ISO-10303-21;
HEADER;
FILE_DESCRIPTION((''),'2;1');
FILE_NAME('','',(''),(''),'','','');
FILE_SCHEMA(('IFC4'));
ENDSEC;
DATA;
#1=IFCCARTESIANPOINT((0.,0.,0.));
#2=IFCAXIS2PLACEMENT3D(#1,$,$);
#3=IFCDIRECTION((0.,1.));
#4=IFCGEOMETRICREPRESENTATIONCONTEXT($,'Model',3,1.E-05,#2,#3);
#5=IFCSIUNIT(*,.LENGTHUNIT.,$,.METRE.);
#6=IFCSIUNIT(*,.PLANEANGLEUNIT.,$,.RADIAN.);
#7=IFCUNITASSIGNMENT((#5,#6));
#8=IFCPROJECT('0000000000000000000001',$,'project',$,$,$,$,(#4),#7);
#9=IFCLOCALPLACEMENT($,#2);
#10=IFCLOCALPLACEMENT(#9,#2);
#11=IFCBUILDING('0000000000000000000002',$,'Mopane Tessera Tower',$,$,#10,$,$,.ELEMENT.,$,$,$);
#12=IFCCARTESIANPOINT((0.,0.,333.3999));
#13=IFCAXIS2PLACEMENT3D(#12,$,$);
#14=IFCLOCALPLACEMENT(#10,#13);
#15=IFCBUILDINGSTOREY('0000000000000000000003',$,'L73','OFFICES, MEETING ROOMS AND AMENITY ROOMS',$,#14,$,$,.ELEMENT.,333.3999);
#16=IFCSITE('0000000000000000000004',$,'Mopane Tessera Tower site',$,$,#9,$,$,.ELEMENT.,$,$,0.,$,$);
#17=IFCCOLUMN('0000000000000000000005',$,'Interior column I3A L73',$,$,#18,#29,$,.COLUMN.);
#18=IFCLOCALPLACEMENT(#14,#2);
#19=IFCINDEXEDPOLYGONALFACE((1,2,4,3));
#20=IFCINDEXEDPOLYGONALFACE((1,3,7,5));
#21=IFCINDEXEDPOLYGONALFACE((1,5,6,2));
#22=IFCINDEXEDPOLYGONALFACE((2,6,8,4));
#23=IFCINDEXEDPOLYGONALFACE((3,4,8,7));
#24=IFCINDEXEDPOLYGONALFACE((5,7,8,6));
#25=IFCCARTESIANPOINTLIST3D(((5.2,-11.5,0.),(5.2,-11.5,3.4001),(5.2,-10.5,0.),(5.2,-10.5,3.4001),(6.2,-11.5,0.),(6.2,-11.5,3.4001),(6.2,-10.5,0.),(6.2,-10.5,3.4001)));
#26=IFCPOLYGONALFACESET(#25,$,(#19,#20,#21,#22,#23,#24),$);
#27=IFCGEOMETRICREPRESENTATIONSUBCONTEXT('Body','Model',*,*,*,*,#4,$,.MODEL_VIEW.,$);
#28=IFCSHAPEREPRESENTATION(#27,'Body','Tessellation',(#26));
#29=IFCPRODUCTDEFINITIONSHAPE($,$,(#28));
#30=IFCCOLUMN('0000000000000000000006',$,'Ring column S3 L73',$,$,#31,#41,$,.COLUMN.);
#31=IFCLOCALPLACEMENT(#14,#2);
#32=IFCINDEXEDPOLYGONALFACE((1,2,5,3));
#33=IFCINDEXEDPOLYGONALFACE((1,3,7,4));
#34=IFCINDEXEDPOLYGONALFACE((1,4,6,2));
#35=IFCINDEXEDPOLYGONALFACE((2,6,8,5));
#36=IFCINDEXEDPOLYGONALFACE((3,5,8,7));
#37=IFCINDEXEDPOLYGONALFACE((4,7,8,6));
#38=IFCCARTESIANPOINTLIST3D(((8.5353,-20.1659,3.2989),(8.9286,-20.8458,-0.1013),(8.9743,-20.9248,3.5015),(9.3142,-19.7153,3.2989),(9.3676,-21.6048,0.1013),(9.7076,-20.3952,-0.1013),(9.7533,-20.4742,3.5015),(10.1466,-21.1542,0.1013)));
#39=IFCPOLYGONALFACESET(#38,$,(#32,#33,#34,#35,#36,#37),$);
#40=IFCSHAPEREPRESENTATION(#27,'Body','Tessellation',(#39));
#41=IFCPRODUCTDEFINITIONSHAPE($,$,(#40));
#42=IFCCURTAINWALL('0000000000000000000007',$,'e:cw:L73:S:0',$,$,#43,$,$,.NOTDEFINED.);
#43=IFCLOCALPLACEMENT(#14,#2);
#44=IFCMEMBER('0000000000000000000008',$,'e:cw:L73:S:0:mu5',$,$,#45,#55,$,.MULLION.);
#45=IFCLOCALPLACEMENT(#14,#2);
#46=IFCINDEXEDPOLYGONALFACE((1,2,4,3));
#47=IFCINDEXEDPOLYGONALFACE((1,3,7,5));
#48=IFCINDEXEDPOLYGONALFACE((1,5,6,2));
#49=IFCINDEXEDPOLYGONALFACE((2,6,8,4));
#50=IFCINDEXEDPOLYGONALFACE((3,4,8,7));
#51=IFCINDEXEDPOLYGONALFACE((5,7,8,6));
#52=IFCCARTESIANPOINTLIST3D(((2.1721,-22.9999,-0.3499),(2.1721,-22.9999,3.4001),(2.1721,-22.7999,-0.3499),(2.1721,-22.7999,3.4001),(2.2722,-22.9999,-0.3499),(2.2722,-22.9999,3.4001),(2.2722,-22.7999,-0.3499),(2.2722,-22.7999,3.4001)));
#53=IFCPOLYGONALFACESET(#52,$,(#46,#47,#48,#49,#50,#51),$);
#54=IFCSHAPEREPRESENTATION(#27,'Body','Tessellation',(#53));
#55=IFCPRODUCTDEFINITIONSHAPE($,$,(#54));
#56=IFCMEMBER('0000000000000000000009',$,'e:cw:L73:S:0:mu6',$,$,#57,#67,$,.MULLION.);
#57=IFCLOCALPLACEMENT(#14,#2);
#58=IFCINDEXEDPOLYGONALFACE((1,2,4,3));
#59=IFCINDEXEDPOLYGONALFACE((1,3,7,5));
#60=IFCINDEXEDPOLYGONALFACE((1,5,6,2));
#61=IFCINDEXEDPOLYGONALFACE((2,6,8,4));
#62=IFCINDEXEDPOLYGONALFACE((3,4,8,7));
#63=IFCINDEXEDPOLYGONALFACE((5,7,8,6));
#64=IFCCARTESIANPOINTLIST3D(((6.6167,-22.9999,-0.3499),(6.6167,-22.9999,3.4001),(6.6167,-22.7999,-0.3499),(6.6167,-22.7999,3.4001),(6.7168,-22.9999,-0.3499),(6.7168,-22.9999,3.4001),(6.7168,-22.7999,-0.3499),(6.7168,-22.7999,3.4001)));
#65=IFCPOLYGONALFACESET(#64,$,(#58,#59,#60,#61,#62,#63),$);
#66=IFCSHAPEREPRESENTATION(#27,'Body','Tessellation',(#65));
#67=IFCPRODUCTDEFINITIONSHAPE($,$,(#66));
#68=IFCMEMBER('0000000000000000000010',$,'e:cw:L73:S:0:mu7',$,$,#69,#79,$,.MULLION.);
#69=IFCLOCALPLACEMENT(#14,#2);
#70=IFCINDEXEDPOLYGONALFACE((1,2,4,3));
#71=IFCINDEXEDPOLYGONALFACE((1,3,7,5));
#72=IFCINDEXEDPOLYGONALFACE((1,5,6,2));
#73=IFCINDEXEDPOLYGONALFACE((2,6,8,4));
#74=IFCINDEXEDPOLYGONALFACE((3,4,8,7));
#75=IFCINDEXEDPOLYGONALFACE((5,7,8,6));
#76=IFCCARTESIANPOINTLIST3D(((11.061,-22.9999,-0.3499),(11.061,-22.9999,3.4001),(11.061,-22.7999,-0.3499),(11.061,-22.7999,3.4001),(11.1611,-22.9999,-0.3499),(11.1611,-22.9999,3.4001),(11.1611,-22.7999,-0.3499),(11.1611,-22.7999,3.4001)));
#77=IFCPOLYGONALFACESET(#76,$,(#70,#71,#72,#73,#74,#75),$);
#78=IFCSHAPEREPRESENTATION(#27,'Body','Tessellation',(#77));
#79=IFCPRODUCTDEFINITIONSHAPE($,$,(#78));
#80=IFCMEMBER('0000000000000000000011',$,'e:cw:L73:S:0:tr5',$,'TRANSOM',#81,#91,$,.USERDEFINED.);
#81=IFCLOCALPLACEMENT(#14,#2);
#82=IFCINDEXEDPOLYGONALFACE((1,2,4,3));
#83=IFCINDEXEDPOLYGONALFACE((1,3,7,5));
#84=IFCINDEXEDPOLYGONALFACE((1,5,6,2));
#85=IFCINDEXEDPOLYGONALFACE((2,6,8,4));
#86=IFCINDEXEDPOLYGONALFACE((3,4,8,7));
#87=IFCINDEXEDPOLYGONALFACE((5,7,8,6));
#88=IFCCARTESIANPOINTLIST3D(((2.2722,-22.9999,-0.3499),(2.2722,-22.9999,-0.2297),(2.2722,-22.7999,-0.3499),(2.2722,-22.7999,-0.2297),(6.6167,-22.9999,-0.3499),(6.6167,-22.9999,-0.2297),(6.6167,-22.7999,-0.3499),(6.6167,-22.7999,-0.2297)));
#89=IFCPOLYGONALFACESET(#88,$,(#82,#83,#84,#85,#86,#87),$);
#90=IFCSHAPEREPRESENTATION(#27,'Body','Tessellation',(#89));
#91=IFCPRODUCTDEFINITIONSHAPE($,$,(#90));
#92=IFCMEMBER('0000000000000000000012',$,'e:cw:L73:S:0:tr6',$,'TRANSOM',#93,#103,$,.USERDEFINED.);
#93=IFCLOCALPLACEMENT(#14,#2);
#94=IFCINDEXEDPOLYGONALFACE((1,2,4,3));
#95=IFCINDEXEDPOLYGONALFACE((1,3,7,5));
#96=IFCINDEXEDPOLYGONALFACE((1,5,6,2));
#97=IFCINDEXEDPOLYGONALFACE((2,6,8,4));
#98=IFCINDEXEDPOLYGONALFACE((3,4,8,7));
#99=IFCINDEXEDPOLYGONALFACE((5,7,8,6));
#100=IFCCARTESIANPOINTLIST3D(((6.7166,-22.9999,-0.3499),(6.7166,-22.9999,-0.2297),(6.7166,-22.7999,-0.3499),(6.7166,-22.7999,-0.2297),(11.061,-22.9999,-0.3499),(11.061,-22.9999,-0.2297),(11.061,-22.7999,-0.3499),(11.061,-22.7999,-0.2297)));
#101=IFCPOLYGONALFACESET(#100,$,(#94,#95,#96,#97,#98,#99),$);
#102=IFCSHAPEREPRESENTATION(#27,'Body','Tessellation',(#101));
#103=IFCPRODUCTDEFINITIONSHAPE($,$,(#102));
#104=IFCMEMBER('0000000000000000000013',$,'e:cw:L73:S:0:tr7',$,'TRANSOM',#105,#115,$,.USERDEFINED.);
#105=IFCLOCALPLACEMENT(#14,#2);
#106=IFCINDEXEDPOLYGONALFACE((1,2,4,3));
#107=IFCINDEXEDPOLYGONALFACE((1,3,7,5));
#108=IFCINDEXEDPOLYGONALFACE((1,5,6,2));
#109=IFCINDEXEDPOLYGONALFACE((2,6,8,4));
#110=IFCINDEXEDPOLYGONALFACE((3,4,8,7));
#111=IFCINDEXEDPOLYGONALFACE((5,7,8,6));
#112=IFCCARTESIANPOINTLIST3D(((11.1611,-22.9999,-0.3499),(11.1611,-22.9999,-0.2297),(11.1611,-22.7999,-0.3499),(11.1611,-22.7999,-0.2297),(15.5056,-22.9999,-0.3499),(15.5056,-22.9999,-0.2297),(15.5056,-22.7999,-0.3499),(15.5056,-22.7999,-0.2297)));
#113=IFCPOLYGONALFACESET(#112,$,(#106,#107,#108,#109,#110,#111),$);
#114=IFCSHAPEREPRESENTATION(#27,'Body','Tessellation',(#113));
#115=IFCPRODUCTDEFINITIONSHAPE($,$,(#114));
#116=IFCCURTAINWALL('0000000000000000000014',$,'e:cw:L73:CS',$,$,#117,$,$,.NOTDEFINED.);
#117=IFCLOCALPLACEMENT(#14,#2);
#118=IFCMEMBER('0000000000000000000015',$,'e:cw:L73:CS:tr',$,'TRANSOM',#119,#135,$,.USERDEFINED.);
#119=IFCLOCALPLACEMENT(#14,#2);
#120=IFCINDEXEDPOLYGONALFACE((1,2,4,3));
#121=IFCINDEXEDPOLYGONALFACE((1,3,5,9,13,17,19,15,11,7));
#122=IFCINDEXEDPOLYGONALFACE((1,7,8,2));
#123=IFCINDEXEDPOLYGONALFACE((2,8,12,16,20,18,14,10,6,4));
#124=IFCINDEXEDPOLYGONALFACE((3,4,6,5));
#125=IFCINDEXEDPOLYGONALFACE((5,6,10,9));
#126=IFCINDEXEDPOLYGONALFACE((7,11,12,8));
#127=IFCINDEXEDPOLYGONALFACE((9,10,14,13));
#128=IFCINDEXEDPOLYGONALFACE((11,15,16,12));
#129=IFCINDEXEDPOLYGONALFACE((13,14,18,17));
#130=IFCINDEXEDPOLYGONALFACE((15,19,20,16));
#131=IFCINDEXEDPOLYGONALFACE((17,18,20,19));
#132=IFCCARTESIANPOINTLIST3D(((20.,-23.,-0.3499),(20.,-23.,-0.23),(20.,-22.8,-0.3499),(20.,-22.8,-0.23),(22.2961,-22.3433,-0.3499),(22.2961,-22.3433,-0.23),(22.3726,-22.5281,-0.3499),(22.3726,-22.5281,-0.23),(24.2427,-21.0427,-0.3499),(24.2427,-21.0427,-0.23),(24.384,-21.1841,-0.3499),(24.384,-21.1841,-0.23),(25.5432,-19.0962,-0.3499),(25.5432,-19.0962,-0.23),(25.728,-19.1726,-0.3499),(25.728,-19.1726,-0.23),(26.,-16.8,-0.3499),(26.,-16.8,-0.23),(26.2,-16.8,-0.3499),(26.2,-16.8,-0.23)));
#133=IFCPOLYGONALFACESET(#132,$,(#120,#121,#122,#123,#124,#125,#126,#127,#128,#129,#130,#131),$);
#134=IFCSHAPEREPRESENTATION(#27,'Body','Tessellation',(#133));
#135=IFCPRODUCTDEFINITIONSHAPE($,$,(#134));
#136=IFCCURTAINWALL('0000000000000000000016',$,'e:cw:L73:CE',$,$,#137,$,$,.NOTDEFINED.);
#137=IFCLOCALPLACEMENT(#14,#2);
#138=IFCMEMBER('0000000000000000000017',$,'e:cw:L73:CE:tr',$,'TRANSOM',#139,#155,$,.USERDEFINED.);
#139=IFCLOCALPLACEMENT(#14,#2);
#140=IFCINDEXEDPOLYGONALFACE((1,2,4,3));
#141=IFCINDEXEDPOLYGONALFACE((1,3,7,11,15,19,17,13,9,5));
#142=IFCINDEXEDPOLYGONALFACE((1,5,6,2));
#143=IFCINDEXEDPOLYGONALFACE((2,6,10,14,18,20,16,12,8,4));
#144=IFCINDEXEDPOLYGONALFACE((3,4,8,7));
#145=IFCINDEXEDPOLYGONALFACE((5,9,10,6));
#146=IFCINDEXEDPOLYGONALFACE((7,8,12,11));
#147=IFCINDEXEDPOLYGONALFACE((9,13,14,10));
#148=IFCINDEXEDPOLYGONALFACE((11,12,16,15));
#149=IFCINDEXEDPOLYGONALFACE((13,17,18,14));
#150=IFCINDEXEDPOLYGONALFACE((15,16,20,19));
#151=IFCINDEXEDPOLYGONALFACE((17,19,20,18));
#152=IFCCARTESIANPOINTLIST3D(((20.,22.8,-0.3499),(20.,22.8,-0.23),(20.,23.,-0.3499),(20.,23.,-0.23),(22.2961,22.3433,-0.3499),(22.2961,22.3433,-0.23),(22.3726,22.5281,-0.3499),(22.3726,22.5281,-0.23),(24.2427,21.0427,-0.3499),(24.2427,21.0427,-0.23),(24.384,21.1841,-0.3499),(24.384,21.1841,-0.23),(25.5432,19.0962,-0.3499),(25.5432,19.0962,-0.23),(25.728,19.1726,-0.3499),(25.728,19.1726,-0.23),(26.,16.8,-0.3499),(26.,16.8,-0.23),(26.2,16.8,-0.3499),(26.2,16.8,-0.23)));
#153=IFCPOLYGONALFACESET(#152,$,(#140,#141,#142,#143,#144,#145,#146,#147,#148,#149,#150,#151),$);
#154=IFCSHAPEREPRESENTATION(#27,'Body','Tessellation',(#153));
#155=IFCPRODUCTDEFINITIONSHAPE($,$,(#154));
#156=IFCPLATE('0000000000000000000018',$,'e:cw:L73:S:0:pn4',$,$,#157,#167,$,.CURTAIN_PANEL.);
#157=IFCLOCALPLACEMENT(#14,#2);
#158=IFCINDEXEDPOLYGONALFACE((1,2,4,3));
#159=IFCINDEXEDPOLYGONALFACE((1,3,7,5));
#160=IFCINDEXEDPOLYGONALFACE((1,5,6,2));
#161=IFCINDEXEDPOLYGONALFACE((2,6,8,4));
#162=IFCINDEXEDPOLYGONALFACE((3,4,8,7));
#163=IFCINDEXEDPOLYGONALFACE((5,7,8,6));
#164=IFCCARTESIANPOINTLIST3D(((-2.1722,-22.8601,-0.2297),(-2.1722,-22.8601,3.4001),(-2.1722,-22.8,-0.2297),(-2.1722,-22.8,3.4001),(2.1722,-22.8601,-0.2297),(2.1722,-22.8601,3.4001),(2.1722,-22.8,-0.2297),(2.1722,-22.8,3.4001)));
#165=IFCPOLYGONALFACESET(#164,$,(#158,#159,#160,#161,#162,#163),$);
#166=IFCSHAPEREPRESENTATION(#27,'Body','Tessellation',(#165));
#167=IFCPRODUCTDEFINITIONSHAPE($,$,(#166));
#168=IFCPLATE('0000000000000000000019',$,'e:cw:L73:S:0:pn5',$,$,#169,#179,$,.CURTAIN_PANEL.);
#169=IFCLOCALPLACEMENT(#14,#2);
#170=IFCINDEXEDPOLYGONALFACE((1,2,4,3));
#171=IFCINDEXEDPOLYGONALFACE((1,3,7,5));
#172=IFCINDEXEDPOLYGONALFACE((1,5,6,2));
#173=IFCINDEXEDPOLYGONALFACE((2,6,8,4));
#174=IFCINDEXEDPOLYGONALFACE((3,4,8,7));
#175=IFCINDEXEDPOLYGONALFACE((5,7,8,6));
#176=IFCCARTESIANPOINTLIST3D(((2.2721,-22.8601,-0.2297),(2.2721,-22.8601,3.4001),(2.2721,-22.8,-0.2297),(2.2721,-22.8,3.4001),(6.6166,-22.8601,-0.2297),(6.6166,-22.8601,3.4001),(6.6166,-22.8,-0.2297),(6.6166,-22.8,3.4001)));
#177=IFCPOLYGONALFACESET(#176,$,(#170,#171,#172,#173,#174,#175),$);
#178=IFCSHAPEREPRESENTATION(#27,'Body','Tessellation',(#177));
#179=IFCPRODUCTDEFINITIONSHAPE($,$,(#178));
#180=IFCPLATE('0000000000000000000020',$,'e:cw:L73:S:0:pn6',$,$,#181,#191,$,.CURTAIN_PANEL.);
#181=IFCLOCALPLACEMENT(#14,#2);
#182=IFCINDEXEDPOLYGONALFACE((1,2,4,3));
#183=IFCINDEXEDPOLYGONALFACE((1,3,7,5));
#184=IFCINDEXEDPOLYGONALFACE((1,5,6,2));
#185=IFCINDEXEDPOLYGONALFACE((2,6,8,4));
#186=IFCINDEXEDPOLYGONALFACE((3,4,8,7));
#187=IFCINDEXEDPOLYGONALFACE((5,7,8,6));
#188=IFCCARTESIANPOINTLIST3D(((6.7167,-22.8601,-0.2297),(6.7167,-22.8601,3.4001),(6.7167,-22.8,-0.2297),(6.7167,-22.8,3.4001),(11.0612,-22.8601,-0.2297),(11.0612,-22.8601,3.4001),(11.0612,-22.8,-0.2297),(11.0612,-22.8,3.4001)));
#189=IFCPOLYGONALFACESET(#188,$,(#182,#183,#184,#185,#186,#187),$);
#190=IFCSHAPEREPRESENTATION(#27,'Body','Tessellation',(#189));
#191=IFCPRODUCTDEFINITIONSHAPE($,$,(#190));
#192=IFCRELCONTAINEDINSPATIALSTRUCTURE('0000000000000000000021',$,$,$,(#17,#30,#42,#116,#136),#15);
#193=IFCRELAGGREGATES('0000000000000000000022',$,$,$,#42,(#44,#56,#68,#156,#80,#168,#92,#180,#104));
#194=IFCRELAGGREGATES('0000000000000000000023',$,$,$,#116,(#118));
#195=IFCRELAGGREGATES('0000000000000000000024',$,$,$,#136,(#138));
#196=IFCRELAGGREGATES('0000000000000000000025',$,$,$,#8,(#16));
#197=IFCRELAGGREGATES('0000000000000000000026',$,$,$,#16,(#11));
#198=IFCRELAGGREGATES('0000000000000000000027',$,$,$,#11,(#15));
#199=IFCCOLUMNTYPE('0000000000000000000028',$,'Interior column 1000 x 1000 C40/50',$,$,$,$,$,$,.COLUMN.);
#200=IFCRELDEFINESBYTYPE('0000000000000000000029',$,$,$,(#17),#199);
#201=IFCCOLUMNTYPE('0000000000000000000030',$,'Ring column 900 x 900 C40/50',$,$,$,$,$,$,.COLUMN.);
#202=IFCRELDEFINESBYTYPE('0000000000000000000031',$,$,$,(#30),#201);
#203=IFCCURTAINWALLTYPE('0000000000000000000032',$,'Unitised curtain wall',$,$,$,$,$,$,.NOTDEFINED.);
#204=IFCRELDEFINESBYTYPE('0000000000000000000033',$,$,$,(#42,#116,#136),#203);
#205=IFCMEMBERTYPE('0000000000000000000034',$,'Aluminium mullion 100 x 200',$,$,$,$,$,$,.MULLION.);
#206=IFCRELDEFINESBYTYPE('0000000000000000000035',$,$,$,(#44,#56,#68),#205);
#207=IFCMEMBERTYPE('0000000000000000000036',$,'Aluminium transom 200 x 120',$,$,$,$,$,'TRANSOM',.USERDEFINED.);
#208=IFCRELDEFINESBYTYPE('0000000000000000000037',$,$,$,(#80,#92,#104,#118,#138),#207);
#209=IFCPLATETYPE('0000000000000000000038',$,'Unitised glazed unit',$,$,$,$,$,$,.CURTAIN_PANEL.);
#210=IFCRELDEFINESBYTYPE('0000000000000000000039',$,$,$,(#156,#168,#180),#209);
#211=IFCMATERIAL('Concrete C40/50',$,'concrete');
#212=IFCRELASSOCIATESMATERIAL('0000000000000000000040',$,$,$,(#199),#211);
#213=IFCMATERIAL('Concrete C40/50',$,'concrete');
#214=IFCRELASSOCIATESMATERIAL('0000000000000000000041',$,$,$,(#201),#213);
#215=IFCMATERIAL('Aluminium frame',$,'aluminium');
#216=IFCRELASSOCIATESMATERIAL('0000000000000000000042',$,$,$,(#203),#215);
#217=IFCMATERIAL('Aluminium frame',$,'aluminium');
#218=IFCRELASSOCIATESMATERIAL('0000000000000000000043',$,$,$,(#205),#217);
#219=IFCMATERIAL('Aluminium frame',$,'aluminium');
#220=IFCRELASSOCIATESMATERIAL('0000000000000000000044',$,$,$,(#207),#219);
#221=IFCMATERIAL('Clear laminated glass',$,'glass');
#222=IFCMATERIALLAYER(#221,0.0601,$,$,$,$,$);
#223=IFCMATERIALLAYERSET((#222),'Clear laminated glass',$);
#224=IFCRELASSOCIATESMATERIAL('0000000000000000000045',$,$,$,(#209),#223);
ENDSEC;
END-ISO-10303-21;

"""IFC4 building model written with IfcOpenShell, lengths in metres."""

from ifc_helpers import new_model, si_unit, direction, frame, origin, origin_2d, place, context, subcontext, project, spatial, polyline, rectangle, outline, extrude, material, layer, layer_set, material_profile, profile_set, type_object, element, aggregate, save


model = new_model("IFC4")

# Units and contexts
model_context = context("Model", 3, precision=1e-05, world=origin(), true_north=direction((0.0, 1.0)))
body_context = subcontext(model_context, "Body", "Model", "MODEL_VIEW")
ifc_project = project(units=[si_unit("LENGTHUNIT", "METRE"), si_unit("PLANEANGLEUNIT", "RADIAN")], contexts=[model_context])

# Site, building, storey
site_placement = place(None, origin())
site = spatial("IfcSite", under=ifc_project, at=site_placement, Name="Mopane Tessera Tower site", CompositionType="ELEMENT", RefElevation=0.0)
building_placement = place(site_placement, origin())
building = spatial("IfcBuilding", under=site, at=building_placement, Name="Mopane Tessera Tower", CompositionType="ELEMENT")
storey_placement = place(building_placement, frame((0.0, 0.0, 333.3999)))
storey = spatial("IfcBuildingStorey", under=building, at=storey_placement, Name="L73", Description="OFFICES, MEETING ROOMS AND AMENITY ROOMS", CompositionType="ELEMENT", Elevation=333.3999)

# Columns
ifc_material_1 = material(Name="Concrete C40/50", Category="concrete")
ifc_material_profile_1 = material_profile(ifc_material_1, rectangle(XDim=1.0, YDim=1.0, at=origin_2d()))
ifc_profile_set_1 = profile_set([ifc_material_profile_1], Name="Concrete C40/50")
column_type_1 = type_object("IfcColumnType", Name="Interior column 1000 x 1000 C40/50", PredefinedType="COLUMN", material=ifc_profile_set_1)
column_1_placement = place(storey_placement, frame((5.7, -11.0, 0.0), z_axis=(0.0, 0.0, 1.0), x_axis=(1.0, 0.0, 0.0)))
element("IfcColumn", 1, at=column_1_placement, inside=storey, type_object=column_type_1, Name="Interior column I3A L73", PredefinedType="COLUMN", context=body_context, shape_type="SweptSolid", body=[
    extrude(rectangle(XDim=1.0, YDim=1.0, at=origin_2d()), origin(), (0.0, 0.0, 1.0), 3.4001),
])
ifc_material_2 = material(Name="Concrete C40/50", Category="concrete")
ifc_material_profile_2 = material_profile(ifc_material_2, rectangle(XDim=0.8999, YDim=0.8999, at=origin_2d()))
ifc_profile_set_2 = profile_set([ifc_material_profile_2], Name="Concrete C40/50")
column_type_2 = type_object("IfcColumnType", Name="Ring column 900 x 900 C40/50", PredefinedType="COLUMN", material=ifc_profile_set_2)
column_2_placement = place(storey_placement, frame((9.5376, -21.0, 0.0), z_axis=(-0.112706, 0.19484, 0.974338), x_axis=(-0.865611, -0.500718, 0.0)))
element("IfcColumn", 2, at=column_2_placement, inside=storey, type_object=column_type_2, Name="Ring column S3 L73", PredefinedType="COLUMN", context=body_context, shape_type="SweptSolid", body=[
    extrude(rectangle(XDim=0.8999, YDim=0.8999, at=origin_2d()), origin(), (0.0, 0.0, 1.0), 3.4897),
])

# Curtain wall, members
ifc_material_3 = material(Name="Aluminium frame", Category="aluminium")
curtain_wall_type = type_object("IfcCurtainWallType", Name="Unitised curtain wall", PredefinedType="NOTDEFINED", material=ifc_material_3)
curtain_wall_1_placement = place(storey_placement, origin())
curtain_wall_1 = element("IfcCurtainWall", 3, at=curtain_wall_1_placement, inside=storey, type_object=curtain_wall_type, Name="e:cw:L73:S:0", PredefinedType="NOTDEFINED")
ifc_material_4 = material(Name="Aluminium frame", Category="aluminium")
ifc_material_profile_3 = material_profile(ifc_material_4, rectangle(XDim=0.1001, YDim=0.2, at=origin_2d()))
ifc_profile_set_3 = profile_set([ifc_material_profile_3], Name="Aluminium frame")
member_type_1 = type_object("IfcMemberType", Name="Aluminium mullion 100 x 200", PredefinedType="MULLION", material=ifc_profile_set_3)
member_1_placement = place(storey_placement, frame((2.2222, -22.8999, -0.3499), z_axis=(0.0, 0.0, 1.0), x_axis=(1.0, 0.0, 0.0)))
member_1 = element("IfcMember", 4, at=member_1_placement, type_object=member_type_1, Name="e:cw:L73:S:0:mu5", PredefinedType="MULLION", context=body_context, shape_type="SweptSolid", body=[
    extrude(rectangle(XDim=0.1001, YDim=0.2, at=origin_2d()), origin(), (0.0, 0.0, 1.0), 3.75),
])
member_2_placement = place(storey_placement, frame((6.6667, -22.8999, -0.3499), z_axis=(0.0, 0.0, 1.0), x_axis=(1.0, 0.0, 0.0)))
member_2 = element("IfcMember", 5, at=member_2_placement, type_object=member_type_1, Name="e:cw:L73:S:0:mu6", PredefinedType="MULLION", context=body_context, shape_type="SweptSolid", body=[
    extrude(rectangle(XDim=0.1001, YDim=0.2, at=origin_2d()), origin(), (0.0, 0.0, 1.0), 3.75),
])
member_3_placement = place(storey_placement, frame((11.1111, -22.8999, -0.3499), z_axis=(0.0, 0.0, 1.0), x_axis=(1.0, 0.0, 0.0)))
member_3 = element("IfcMember", 6, at=member_3_placement, type_object=member_type_1, Name="e:cw:L73:S:0:mu7", PredefinedType="MULLION", context=body_context, shape_type="SweptSolid", body=[
    extrude(rectangle(XDim=0.1001, YDim=0.2, at=origin_2d()), origin(), (0.0, 0.0, 1.0), 3.75),
])
ifc_material_5 = material(Name="Aluminium frame", Category="aluminium")
ifc_material_profile_4 = material_profile(ifc_material_5, rectangle(XDim=0.2, YDim=0.1201, at=origin_2d()))
ifc_profile_set_4 = profile_set([ifc_material_profile_4], Name="Aluminium frame")
member_type_2 = type_object("IfcMemberType", Name="Aluminium transom 200 x 120", ElementType="TRANSOM", PredefinedType="USERDEFINED", material=ifc_profile_set_4)
member_4_placement = place(storey_placement, frame((2.2722, -22.8999, -0.2898), z_axis=(1.0, 0.0, 0.0), x_axis=(0.0, 1.0, 0.0)))
member_4 = element("IfcMember", 7, at=member_4_placement, type_object=member_type_2, Name="e:cw:L73:S:0:tr5", ObjectType="TRANSOM", PredefinedType="USERDEFINED", context=body_context, shape_type="SweptSolid", body=[
    extrude(rectangle(XDim=0.2, YDim=0.1201, at=origin_2d()), origin(), (0.0, 0.0, 1.0), 4.3445),
])
member_5_placement = place(storey_placement, frame((6.7166, -22.8999, -0.2898), z_axis=(1.0, 0.0, 0.0), x_axis=(0.0, 1.0, 0.0)))
member_5 = element("IfcMember", 8, at=member_5_placement, type_object=member_type_2, Name="e:cw:L73:S:0:tr6", ObjectType="TRANSOM", PredefinedType="USERDEFINED", context=body_context, shape_type="SweptSolid", body=[
    extrude(rectangle(XDim=0.2, YDim=0.1201, at=origin_2d()), origin(), (0.0, 0.0, 1.0), 4.3445),
])
member_6_placement = place(storey_placement, frame((11.1611, -22.8999, -0.2898), z_axis=(1.0, 0.0, 0.0), x_axis=(0.0, 1.0, 0.0)))
member_6 = element("IfcMember", 9, at=member_6_placement, type_object=member_type_2, Name="e:cw:L73:S:0:tr7", ObjectType="TRANSOM", PredefinedType="USERDEFINED", context=body_context, shape_type="SweptSolid", body=[
    extrude(rectangle(XDim=0.2, YDim=0.1201, at=origin_2d()), origin(), (0.0, 0.0, 1.0), 4.3445),
])

# Curtain walls, members
curtain_wall_2_placement = place(storey_placement, origin())
curtain_wall_2 = element("IfcCurtainWall", 10, at=curtain_wall_2_placement, inside=storey, type_object=curtain_wall_type, Name="e:cw:L73:CS", PredefinedType="NOTDEFINED")
member_7_placement = place(storey_placement, frame((0.0, 0.0, -0.3499)))
member_7 = element("IfcMember", 11, at=member_7_placement, type_object=member_type_2, Name="e:cw:L73:CS:tr", ObjectType="TRANSOM", PredefinedType="USERDEFINED", context=body_context, shape_type="SweptSolid", body=[
    extrude(outline(polyline([(20.0, -22.8), (22.2961, -22.3433), (24.2427, -21.0427), (25.5432, -19.0962), (26.0, -16.8), (26.2, -16.8), (25.728, -19.1726), (24.384, -21.1841), (22.3726, -22.5281), (20.0, -23.0), (20.0, -22.8)])), origin(), (0.0, 0.0, 1.0), 0.1199),
])
curtain_wall_3_placement = place(storey_placement, origin())
curtain_wall_3 = element("IfcCurtainWall", 12, at=curtain_wall_3_placement, inside=storey, type_object=curtain_wall_type, Name="e:cw:L73:CE", PredefinedType="NOTDEFINED")
member_8_placement = place(storey_placement, frame((0.0, 0.0, -0.3499)))
member_8 = element("IfcMember", 13, at=member_8_placement, type_object=member_type_2, Name="e:cw:L73:CE:tr", ObjectType="TRANSOM", PredefinedType="USERDEFINED", context=body_context, shape_type="SweptSolid", body=[
    extrude(outline(polyline([(26.0, 16.8), (25.5432, 19.0962), (24.2427, 21.0427), (22.2961, 22.3433), (20.0, 22.8), (20.0, 23.0), (22.3726, 22.5281), (24.384, 21.1841), (25.728, 19.1726), (26.2, 16.8), (26.0, 16.8)])), origin(), (0.0, 0.0, 1.0), 0.1199),
])

# Plates
ifc_material_6 = material(Name="Clear laminated glass", Category="glass")
ifc_layer_1 = layer(ifc_material_6, 0.0601)
ifc_layer_set_1 = layer_set([ifc_layer_1], Name="Clear laminated glass")
plate_type = type_object("IfcPlateType", Name="Unitised glazed unit", PredefinedType="CURTAIN_PANEL", material=ifc_layer_set_1)
plate_1_placement = place(storey_placement, frame((0.0, -22.8301, -0.2297), z_axis=(0.0, 0.0, 1.0), x_axis=(1.0, 0.0, 0.0)))
plate_1 = element("IfcPlate", 14, at=plate_1_placement, type_object=plate_type, Name="e:cw:L73:S:0:pn4", PredefinedType="CURTAIN_PANEL", context=body_context, shape_type="SweptSolid", body=[
    extrude(rectangle(XDim=4.3445, YDim=0.0601, at=origin_2d()), origin(), (0.0, 0.0, 1.0), 3.6299),
])
plate_2_placement = place(storey_placement, frame((4.4443, -22.8301, -0.2297), z_axis=(0.0, 0.0, 1.0), x_axis=(1.0, 0.0, 0.0)))
plate_2 = element("IfcPlate", 15, at=plate_2_placement, type_object=plate_type, Name="e:cw:L73:S:0:pn5", PredefinedType="CURTAIN_PANEL", context=body_context, shape_type="SweptSolid", body=[
    extrude(rectangle(XDim=4.3445, YDim=0.0601, at=origin_2d()), origin(), (0.0, 0.0, 1.0), 3.6299),
])
plate_3_placement = place(storey_placement, frame((8.8889, -22.8301, -0.2297), z_axis=(0.0, 0.0, 1.0), x_axis=(1.0, 0.0, 0.0)))
plate_3 = element("IfcPlate", 16, at=plate_3_placement, type_object=plate_type, Name="e:cw:L73:S:0:pn6", PredefinedType="CURTAIN_PANEL", context=body_context, shape_type="SweptSolid", body=[
    extrude(rectangle(XDim=4.3445, YDim=0.0601, at=origin_2d()), origin(), (0.0, 0.0, 1.0), 3.6299),
])
aggregate(curtain_wall_1, [member_1, member_2, member_3, plate_1, member_4, plate_2, member_5, plate_3, member_6])
aggregate(curtain_wall_2, [member_7])
aggregate(curtain_wall_3, [member_8])

save(model, "model.ifc")
